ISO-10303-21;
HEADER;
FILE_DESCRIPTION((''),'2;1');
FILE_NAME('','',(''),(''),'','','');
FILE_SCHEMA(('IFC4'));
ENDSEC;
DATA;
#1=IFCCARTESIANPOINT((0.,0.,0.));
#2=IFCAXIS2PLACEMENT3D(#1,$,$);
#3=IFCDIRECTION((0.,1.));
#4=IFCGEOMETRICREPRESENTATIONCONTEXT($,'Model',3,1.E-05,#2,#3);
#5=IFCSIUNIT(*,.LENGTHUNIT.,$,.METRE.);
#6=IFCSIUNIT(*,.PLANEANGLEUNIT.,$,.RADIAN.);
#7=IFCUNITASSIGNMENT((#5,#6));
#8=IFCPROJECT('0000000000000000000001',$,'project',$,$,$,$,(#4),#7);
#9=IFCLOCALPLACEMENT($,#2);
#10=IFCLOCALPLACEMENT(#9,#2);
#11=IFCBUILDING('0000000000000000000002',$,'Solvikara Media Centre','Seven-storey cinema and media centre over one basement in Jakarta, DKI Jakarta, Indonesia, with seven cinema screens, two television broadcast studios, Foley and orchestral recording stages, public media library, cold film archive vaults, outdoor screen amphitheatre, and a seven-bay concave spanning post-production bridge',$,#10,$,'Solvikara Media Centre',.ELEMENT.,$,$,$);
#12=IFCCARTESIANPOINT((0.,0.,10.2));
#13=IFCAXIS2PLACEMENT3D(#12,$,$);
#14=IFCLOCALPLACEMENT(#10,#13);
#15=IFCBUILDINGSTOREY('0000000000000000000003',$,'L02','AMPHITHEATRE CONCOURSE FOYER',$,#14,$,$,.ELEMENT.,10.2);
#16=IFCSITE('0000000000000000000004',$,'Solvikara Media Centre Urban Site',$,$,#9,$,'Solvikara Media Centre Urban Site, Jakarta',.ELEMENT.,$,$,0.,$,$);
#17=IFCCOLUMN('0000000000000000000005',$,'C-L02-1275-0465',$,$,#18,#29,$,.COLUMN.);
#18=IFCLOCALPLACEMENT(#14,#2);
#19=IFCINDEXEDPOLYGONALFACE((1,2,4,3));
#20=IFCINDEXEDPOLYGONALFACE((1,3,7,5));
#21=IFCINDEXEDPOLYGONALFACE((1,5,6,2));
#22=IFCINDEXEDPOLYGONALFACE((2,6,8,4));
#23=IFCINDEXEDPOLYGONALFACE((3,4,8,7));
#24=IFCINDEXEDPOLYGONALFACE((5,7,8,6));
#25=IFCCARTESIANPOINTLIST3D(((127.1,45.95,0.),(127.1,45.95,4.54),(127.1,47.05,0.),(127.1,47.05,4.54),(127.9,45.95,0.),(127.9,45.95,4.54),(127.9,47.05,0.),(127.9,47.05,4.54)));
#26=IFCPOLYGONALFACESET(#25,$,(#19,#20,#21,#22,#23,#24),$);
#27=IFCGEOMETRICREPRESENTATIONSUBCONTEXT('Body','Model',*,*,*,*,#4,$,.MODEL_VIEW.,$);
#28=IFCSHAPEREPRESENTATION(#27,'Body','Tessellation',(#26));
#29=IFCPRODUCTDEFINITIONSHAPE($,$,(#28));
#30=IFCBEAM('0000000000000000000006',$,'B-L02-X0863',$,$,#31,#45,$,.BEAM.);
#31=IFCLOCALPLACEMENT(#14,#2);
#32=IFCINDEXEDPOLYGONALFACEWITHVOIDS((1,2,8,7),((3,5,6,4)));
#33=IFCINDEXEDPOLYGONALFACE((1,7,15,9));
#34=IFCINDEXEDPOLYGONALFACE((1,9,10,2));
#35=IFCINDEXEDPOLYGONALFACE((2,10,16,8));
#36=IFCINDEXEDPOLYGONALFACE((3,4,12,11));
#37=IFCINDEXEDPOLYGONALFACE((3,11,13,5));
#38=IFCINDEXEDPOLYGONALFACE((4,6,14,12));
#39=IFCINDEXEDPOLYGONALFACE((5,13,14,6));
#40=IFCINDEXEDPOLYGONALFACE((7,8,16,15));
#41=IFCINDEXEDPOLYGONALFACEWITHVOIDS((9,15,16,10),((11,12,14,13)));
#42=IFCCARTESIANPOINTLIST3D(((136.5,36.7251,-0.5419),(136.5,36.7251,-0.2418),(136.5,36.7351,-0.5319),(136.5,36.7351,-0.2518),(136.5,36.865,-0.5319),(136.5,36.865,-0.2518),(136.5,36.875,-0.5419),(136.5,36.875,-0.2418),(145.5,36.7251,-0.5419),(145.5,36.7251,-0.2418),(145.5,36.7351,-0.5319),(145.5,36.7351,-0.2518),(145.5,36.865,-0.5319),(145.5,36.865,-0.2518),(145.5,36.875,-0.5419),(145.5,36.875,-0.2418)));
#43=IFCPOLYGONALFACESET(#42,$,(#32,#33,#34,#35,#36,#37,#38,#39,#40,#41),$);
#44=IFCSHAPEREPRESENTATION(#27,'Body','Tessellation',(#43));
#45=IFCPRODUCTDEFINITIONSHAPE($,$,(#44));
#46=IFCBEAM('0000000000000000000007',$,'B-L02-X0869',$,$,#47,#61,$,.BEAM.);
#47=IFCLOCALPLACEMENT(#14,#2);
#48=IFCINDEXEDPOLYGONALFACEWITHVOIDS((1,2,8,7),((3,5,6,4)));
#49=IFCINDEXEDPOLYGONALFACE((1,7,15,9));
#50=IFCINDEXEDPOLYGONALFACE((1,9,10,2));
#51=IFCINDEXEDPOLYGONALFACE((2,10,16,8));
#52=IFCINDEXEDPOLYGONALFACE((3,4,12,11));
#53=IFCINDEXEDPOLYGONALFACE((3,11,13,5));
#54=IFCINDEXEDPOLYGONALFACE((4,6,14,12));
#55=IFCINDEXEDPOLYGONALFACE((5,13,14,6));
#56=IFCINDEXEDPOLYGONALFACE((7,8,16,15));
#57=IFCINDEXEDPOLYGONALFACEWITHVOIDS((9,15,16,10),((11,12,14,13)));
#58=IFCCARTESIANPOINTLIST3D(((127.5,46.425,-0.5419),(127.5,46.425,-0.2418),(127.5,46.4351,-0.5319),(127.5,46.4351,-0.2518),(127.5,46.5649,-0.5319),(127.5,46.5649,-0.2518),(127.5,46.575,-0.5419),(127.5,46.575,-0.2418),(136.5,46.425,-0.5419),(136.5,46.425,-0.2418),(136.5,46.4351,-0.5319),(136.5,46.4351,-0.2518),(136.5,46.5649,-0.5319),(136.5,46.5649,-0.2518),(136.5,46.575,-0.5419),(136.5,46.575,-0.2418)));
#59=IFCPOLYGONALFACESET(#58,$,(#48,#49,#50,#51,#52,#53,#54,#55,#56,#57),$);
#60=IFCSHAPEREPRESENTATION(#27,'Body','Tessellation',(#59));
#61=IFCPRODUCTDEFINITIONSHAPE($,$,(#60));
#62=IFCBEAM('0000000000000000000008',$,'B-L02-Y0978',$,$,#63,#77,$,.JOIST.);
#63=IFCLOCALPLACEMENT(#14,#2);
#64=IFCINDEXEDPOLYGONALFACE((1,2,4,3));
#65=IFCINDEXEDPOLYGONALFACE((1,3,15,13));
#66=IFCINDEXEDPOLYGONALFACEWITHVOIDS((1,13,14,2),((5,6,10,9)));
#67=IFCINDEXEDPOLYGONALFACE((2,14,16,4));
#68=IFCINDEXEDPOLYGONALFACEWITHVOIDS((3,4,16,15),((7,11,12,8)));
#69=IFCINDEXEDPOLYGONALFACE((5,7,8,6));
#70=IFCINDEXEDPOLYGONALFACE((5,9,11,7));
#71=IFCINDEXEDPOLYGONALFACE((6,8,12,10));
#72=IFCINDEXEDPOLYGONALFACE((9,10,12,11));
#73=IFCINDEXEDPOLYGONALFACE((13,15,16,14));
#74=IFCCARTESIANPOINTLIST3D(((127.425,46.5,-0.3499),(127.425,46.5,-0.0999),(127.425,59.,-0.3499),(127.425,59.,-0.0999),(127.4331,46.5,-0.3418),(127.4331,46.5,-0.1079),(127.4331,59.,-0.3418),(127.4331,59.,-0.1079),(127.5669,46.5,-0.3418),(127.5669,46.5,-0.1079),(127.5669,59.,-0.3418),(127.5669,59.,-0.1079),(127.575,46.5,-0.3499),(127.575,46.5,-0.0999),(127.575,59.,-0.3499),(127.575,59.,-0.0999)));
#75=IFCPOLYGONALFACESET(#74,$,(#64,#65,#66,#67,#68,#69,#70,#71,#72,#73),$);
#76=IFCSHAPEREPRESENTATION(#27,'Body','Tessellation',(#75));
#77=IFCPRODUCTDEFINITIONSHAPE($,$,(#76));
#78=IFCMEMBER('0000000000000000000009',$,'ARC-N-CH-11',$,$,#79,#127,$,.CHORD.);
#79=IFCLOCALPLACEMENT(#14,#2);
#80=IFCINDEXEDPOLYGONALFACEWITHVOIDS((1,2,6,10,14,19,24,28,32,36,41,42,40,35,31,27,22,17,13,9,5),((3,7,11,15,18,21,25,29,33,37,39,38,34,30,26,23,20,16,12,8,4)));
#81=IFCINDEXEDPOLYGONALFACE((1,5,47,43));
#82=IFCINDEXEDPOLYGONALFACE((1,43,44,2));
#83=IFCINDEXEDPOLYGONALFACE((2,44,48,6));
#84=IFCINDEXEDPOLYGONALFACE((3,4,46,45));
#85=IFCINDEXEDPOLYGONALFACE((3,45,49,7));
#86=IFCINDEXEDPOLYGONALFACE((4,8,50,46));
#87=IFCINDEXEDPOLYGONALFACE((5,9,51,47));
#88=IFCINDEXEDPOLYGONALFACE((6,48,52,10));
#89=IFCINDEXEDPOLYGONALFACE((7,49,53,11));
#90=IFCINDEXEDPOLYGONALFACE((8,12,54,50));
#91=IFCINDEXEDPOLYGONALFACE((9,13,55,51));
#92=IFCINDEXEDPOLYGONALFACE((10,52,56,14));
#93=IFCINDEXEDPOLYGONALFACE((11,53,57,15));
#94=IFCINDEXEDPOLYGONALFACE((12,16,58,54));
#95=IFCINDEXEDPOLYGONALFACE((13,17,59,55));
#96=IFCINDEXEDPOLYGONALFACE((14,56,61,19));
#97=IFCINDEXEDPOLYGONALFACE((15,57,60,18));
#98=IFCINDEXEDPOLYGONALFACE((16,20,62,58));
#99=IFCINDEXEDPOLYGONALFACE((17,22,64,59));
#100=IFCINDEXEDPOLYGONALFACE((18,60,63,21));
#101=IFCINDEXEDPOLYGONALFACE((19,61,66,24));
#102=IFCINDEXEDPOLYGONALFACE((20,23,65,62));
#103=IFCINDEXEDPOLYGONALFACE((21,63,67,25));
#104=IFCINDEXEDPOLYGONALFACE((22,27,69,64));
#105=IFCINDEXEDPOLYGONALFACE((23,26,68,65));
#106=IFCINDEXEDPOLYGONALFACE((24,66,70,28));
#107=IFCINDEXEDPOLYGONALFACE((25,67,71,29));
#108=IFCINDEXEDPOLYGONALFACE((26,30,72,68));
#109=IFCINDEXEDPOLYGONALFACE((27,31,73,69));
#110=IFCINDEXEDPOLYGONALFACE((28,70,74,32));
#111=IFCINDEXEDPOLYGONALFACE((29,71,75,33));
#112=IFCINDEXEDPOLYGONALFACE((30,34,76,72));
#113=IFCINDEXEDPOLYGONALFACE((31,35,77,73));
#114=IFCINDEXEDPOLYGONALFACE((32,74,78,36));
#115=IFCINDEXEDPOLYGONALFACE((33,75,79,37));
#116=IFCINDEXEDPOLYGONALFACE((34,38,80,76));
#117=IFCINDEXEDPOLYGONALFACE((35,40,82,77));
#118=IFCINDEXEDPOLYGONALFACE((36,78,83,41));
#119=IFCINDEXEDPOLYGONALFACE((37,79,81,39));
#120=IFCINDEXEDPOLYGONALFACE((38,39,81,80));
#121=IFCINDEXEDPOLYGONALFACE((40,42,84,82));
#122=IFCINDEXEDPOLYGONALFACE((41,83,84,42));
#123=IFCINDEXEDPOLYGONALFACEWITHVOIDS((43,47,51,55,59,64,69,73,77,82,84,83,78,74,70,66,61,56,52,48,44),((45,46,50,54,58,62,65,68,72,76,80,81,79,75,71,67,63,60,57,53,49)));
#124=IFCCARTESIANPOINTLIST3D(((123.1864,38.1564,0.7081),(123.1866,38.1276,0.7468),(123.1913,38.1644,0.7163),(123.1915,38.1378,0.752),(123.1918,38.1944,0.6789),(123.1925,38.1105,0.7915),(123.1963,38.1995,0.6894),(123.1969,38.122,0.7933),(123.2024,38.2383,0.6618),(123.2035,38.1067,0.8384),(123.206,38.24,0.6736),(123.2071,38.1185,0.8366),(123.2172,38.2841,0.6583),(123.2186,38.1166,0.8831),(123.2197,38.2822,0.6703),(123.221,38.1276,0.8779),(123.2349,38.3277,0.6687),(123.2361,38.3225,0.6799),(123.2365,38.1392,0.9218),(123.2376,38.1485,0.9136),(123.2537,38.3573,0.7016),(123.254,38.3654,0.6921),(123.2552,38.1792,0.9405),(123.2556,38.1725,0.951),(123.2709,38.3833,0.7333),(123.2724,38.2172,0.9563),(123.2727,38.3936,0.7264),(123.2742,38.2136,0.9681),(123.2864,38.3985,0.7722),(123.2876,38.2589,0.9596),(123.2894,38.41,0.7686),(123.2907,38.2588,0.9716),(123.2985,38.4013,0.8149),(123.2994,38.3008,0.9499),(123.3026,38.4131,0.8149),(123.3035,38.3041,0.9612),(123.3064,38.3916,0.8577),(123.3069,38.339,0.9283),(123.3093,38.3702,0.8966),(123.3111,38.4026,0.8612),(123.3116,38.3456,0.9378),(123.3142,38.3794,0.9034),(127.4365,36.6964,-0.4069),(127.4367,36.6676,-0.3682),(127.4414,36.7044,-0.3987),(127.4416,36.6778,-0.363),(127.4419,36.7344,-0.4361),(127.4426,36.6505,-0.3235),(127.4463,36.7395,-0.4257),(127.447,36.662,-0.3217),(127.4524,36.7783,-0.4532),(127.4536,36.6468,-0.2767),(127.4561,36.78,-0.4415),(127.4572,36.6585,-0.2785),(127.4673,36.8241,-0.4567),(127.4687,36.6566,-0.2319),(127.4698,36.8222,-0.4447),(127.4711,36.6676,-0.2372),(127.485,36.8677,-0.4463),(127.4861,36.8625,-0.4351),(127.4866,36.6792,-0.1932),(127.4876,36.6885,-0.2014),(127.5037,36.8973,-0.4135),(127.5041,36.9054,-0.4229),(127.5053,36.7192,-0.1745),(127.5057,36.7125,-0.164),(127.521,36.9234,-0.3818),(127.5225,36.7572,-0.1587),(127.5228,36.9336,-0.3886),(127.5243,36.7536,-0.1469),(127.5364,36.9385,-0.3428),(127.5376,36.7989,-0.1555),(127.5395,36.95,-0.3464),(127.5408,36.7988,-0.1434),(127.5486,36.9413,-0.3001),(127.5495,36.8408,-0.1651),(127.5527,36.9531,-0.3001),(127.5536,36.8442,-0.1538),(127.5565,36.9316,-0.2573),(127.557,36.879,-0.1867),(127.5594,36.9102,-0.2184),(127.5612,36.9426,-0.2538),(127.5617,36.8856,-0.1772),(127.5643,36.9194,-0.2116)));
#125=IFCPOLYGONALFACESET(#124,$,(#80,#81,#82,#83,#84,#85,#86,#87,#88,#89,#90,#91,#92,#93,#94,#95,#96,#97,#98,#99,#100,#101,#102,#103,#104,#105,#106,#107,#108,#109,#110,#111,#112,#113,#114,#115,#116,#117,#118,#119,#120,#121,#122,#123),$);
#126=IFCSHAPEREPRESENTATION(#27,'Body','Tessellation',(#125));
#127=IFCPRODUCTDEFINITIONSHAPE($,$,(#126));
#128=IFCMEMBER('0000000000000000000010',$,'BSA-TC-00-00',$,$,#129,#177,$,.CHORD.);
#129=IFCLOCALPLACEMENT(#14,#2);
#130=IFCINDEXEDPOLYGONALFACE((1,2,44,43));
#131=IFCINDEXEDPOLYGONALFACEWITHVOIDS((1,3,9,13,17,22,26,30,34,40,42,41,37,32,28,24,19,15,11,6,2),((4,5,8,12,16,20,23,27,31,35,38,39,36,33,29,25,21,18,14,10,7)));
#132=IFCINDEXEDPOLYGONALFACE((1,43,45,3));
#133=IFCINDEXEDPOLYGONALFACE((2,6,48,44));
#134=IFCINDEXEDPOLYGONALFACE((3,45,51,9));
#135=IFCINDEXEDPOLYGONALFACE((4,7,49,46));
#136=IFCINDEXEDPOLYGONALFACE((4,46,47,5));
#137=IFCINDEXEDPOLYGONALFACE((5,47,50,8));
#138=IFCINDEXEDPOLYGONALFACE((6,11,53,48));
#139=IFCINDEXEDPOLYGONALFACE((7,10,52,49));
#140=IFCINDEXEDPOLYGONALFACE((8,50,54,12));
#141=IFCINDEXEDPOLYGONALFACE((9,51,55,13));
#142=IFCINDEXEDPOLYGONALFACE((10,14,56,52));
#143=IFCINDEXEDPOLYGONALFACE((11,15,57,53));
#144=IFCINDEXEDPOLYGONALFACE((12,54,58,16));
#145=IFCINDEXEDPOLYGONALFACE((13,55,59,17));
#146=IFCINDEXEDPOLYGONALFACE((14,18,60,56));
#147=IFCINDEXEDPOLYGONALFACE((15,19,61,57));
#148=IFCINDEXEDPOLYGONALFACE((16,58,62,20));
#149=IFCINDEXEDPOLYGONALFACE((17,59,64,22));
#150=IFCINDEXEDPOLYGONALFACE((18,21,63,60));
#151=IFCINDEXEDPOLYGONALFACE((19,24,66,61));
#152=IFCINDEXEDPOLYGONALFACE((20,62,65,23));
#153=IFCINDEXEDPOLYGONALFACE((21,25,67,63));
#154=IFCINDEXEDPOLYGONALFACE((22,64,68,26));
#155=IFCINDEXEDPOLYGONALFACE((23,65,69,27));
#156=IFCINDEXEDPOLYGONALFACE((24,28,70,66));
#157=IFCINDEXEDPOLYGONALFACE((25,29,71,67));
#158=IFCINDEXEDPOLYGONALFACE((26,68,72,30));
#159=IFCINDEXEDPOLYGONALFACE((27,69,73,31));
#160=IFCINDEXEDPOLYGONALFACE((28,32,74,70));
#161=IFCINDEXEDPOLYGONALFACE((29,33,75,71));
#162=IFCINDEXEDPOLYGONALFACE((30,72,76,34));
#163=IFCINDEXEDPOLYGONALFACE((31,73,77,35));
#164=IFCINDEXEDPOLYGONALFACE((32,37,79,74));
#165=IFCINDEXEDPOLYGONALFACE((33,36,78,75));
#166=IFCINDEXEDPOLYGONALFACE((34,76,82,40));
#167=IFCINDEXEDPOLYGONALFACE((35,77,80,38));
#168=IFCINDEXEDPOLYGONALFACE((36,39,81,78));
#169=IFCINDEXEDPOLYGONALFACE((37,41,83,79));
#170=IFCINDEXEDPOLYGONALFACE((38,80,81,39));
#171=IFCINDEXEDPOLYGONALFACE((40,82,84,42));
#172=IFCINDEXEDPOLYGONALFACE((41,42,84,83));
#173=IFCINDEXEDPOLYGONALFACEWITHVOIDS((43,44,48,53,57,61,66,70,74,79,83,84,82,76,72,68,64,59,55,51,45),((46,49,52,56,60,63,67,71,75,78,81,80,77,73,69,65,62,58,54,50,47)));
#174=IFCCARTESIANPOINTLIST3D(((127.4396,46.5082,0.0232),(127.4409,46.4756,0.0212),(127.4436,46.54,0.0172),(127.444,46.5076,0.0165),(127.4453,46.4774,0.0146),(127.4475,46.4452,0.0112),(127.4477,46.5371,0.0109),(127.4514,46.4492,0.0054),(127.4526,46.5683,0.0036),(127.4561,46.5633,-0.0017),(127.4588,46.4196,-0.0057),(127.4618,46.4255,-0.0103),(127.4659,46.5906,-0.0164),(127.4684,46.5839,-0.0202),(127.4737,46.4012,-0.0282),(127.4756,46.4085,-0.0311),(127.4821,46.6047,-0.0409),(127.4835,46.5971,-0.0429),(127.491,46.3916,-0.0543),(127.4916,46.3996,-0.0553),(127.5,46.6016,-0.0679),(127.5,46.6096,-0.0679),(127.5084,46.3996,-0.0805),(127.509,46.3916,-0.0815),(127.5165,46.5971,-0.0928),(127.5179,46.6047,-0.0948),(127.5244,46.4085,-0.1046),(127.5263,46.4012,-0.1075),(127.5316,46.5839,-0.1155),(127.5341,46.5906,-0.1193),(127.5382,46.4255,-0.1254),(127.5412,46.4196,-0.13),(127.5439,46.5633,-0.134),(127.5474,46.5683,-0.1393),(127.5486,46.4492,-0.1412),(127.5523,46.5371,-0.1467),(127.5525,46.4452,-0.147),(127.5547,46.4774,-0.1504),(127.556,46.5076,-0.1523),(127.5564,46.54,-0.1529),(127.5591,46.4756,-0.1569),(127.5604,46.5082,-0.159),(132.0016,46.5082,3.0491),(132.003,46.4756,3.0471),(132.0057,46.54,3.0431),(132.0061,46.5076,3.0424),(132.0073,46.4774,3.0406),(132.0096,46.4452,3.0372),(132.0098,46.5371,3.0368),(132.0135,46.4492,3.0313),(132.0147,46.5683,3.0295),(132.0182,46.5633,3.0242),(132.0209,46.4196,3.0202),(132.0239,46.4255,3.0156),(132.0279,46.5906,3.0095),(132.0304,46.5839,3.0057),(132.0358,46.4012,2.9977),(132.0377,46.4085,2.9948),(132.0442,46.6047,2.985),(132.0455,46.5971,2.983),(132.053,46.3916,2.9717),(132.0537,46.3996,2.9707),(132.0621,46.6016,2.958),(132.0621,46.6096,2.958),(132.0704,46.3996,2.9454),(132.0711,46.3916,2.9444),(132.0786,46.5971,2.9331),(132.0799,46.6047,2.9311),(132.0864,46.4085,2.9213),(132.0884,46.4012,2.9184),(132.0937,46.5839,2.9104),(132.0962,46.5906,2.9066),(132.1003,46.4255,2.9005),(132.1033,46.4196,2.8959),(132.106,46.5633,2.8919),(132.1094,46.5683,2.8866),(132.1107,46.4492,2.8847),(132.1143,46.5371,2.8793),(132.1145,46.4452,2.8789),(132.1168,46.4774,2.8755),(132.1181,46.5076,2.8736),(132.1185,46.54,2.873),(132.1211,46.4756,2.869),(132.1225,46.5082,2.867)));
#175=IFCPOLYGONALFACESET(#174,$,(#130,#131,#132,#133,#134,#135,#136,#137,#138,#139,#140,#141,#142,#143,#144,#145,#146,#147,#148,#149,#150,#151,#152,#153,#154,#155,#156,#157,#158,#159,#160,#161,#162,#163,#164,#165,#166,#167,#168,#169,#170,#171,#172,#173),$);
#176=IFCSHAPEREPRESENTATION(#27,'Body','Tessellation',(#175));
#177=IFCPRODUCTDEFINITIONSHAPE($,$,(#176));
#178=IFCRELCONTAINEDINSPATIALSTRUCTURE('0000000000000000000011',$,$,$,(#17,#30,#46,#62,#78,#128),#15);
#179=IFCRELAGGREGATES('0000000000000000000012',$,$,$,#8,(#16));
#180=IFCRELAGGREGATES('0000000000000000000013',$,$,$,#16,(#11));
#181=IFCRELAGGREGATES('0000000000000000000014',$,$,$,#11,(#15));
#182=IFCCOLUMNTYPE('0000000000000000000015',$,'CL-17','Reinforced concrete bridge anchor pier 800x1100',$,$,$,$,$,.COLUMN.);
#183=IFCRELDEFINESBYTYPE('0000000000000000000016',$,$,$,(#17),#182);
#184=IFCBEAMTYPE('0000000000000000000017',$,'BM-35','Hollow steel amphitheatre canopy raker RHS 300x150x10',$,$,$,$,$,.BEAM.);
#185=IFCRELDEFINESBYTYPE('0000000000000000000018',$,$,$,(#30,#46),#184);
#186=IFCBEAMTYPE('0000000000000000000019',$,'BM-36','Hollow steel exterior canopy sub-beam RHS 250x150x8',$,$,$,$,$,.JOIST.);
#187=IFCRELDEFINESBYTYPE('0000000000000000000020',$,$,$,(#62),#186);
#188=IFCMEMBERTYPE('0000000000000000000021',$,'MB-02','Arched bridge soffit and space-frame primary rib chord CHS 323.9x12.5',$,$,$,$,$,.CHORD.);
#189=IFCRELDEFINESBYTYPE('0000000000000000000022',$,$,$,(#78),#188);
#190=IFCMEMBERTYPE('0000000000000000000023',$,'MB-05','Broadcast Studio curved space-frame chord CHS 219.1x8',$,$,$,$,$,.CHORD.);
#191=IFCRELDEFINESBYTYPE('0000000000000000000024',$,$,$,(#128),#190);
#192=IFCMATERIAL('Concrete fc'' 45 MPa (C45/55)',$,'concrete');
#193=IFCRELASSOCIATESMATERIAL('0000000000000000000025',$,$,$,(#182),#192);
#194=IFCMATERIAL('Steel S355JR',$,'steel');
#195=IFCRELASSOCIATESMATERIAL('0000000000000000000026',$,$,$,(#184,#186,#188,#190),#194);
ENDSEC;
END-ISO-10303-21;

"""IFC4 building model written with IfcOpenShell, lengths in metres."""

from ifc_helpers import new_model, si_unit, direction, frame, origin, origin_2d, place, context, subcontext, project, spatial, rectangle, hollow_rectangle, hollow_circle, extrude, material, material_profile, profile_set, type_object, element, save


model = new_model("IFC4")

# Units and contexts
model_context = context("Model", 3, precision=1e-05, world=origin(), true_north=direction((0.0, 1.0)))
body_context = subcontext(model_context, "Body", "Model", "MODEL_VIEW")
ifc_project = project(units=[si_unit("LENGTHUNIT", "METRE"), si_unit("PLANEANGLEUNIT", "RADIAN")], contexts=[model_context])

# Site, building, storey
site_placement = place(None, origin())
site = spatial("IfcSite", under=ifc_project, at=site_placement, Name="Solvikara Media Centre Urban Site", LongName="Solvikara Media Centre Urban Site, Jakarta", CompositionType="ELEMENT", RefElevation=0.0)
building_placement = place(site_placement, origin())
building = spatial("IfcBuilding", under=site, at=building_placement, Name="Solvikara Media Centre", Description="Seven-storey cinema and media centre over one basement in Jakarta, DKI Jakarta, Indonesia, with seven cinema screens, two television broadcast studios, Foley and orchestral recording stages, public media library, cold film archive vaults, outdoor screen amphitheatre, and a seven-bay concave spanning post-production bridge", LongName="Solvikara Media Centre", CompositionType="ELEMENT")
storey_placement = place(building_placement, frame((0.0, 0.0, 10.2)))
storey = spatial("IfcBuildingStorey", under=building, at=storey_placement, Name="L02", Description="AMPHITHEATRE CONCOURSE FOYER", CompositionType="ELEMENT", Elevation=10.2)

# Column
ifc_material_1 = material(Name="Concrete fc' 45 MPa (C45/55)", Category="concrete")
ifc_material_profile_1 = material_profile(ifc_material_1, rectangle(XDim=0.8, YDim=1.1001, at=origin_2d()), Name="RC 800x1100")
ifc_profile_set_1 = profile_set([ifc_material_profile_1], Name="Concrete fc' 45 MPa (C45/55)")
column_type = type_object("IfcColumnType", Name="CL-17", Description="Reinforced concrete bridge anchor pier 800x1100", PredefinedType="COLUMN", material=ifc_profile_set_1)
column_placement = place(storey_placement, frame((127.5, 46.5, 0.0), z_axis=(0.0, 0.0, 1.0), x_axis=(1.0, 0.0, 0.0)))
element("IfcColumn", 1, at=column_placement, inside=storey, type_object=column_type, Name="C-L02-1275-0465", PredefinedType="COLUMN", context=body_context, shape_type="SweptSolid", body=[
    extrude(rectangle(XDim=0.8, YDim=1.1001, at=origin_2d()), origin(), (0.0, 0.0, 1.0), 4.54),
])

# Beams
ifc_material_2 = material(Name="Steel S355JR", Category="steel")
ifc_material_profile_2 = material_profile(ifc_material_2, hollow_rectangle(XDim=0.1499, YDim=0.3, WallThickness=0.01, at=origin_2d()), Name="RHS 300x150x10")
ifc_profile_set_2 = profile_set([ifc_material_profile_2], Name="Steel S355JR")
beam_type_1 = type_object("IfcBeamType", Name="BM-35", Description="Hollow steel amphitheatre canopy raker RHS 300x150x10", PredefinedType="BEAM", material=ifc_profile_set_2)
for number, where, z_axis, x_axis, name in (
    (2, (136.5, 36.8, -0.3918), (1.0, 0.0, 0.0), (0.0, 1.0, 0.0), "B-L02-X0863"),
    (3, (127.5, 46.5, -0.3918), (1.0, 0.0, 0.0), (0.0, 1.0, 0.0), "B-L02-X0869"),
):
    element("IfcBeam", number, at=place(storey_placement, frame(where, z_axis=z_axis, x_axis=x_axis)), inside=storey, type_object=beam_type_1, Name=name, PredefinedType="BEAM", context=body_context, shape_type="SweptSolid", body=[
        extrude(hollow_rectangle(XDim=0.1499, YDim=0.3, WallThickness=0.01, at=origin_2d()), origin(), (0.0, 0.0, 1.0), 9.0),
    ])
ifc_material_profile_3 = material_profile(ifc_material_2, hollow_rectangle(XDim=0.1499, YDim=0.25, WallThickness=0.0081, at=origin_2d()), Name="RHS 250x150x8")
ifc_profile_set_3 = profile_set([ifc_material_profile_3], Name="Steel S355JR")
beam_type_2 = type_object("IfcBeamType", Name="BM-36", Description="Hollow steel exterior canopy sub-beam RHS 250x150x8", PredefinedType="JOIST", material=ifc_profile_set_3)
beam_placement = place(storey_placement, frame((127.5, 46.5, -0.2249), z_axis=(0.0, 1.0, 0.0), x_axis=(-1.0, 0.0, 0.0)))
element("IfcBeam", 4, at=beam_placement, inside=storey, type_object=beam_type_2, Name="B-L02-Y0978", PredefinedType="JOIST", context=body_context, shape_type="SweptSolid", body=[
    extrude(hollow_rectangle(XDim=0.1499, YDim=0.25, WallThickness=0.0081, at=origin_2d()), origin(), (0.0, 0.0, 1.0), 12.5),
])

# Members
ifc_material_profile_4 = material_profile(ifc_material_2, hollow_circle(Radius=0.1619, WallThickness=0.0125, at=origin_2d()), Name="CHS 323.9x12.5")
ifc_profile_set_4 = profile_set([ifc_material_profile_4], Name="Steel S355JR")
member_type_1 = type_object("IfcMemberType", Name="MB-02", Description="Arched bridge soffit and space-frame primary rib chord CHS 323.9x12.5", PredefinedType="CHORD", material=ifc_profile_set_4)
member_1_placement = place(storey_placement, frame((123.25, 38.26, 0.8149), z_axis=(0.91792, -0.315324, -0.240817), x_axis=(0.324885, 0.945753, 0.0)))
element("IfcMember", 5, at=member_1_placement, inside=storey, type_object=member_type_1, Name="ARC-N-CH-11", PredefinedType="CHORD", context=body_context, shape_type="SweptSolid", body=[
    extrude(hollow_circle(Radius=0.1619, WallThickness=0.0125, at=origin_2d()), origin(), (0.0, 0.0, 1.0), 4.6301),
])
ifc_material_profile_5 = material_profile(ifc_material_2, hollow_circle(Radius=0.1096, WallThickness=0.0081, at=origin_2d()), Name="CHS 219.1x8")
ifc_profile_set_5 = profile_set([ifc_material_profile_5], Name="Steel S355JR")
member_type_2 = type_object("IfcMemberType", Name="MB-05", Description="Broadcast Studio curved space-frame chord CHS 219.1x8", PredefinedType="CHORD", material=ifc_profile_set_5)
member_2_placement = place(storey_placement, frame((127.5, 46.5, -0.0679), z_axis=(0.833352, 0.0, 0.552743), x_axis=(0.0, 1.0, 0.0)))
element("IfcMember", 6, at=member_2_placement, inside=storey, type_object=member_type_2, Name="BSA-TC-00-00", PredefinedType="CHORD", context=body_context, shape_type="SweptSolid", body=[
    extrude(hollow_circle(Radius=0.1096, WallThickness=0.0081, at=origin_2d()), origin(), (0.0, 0.0, 1.0), 5.4744),
])

save(model, "model.ifc")
